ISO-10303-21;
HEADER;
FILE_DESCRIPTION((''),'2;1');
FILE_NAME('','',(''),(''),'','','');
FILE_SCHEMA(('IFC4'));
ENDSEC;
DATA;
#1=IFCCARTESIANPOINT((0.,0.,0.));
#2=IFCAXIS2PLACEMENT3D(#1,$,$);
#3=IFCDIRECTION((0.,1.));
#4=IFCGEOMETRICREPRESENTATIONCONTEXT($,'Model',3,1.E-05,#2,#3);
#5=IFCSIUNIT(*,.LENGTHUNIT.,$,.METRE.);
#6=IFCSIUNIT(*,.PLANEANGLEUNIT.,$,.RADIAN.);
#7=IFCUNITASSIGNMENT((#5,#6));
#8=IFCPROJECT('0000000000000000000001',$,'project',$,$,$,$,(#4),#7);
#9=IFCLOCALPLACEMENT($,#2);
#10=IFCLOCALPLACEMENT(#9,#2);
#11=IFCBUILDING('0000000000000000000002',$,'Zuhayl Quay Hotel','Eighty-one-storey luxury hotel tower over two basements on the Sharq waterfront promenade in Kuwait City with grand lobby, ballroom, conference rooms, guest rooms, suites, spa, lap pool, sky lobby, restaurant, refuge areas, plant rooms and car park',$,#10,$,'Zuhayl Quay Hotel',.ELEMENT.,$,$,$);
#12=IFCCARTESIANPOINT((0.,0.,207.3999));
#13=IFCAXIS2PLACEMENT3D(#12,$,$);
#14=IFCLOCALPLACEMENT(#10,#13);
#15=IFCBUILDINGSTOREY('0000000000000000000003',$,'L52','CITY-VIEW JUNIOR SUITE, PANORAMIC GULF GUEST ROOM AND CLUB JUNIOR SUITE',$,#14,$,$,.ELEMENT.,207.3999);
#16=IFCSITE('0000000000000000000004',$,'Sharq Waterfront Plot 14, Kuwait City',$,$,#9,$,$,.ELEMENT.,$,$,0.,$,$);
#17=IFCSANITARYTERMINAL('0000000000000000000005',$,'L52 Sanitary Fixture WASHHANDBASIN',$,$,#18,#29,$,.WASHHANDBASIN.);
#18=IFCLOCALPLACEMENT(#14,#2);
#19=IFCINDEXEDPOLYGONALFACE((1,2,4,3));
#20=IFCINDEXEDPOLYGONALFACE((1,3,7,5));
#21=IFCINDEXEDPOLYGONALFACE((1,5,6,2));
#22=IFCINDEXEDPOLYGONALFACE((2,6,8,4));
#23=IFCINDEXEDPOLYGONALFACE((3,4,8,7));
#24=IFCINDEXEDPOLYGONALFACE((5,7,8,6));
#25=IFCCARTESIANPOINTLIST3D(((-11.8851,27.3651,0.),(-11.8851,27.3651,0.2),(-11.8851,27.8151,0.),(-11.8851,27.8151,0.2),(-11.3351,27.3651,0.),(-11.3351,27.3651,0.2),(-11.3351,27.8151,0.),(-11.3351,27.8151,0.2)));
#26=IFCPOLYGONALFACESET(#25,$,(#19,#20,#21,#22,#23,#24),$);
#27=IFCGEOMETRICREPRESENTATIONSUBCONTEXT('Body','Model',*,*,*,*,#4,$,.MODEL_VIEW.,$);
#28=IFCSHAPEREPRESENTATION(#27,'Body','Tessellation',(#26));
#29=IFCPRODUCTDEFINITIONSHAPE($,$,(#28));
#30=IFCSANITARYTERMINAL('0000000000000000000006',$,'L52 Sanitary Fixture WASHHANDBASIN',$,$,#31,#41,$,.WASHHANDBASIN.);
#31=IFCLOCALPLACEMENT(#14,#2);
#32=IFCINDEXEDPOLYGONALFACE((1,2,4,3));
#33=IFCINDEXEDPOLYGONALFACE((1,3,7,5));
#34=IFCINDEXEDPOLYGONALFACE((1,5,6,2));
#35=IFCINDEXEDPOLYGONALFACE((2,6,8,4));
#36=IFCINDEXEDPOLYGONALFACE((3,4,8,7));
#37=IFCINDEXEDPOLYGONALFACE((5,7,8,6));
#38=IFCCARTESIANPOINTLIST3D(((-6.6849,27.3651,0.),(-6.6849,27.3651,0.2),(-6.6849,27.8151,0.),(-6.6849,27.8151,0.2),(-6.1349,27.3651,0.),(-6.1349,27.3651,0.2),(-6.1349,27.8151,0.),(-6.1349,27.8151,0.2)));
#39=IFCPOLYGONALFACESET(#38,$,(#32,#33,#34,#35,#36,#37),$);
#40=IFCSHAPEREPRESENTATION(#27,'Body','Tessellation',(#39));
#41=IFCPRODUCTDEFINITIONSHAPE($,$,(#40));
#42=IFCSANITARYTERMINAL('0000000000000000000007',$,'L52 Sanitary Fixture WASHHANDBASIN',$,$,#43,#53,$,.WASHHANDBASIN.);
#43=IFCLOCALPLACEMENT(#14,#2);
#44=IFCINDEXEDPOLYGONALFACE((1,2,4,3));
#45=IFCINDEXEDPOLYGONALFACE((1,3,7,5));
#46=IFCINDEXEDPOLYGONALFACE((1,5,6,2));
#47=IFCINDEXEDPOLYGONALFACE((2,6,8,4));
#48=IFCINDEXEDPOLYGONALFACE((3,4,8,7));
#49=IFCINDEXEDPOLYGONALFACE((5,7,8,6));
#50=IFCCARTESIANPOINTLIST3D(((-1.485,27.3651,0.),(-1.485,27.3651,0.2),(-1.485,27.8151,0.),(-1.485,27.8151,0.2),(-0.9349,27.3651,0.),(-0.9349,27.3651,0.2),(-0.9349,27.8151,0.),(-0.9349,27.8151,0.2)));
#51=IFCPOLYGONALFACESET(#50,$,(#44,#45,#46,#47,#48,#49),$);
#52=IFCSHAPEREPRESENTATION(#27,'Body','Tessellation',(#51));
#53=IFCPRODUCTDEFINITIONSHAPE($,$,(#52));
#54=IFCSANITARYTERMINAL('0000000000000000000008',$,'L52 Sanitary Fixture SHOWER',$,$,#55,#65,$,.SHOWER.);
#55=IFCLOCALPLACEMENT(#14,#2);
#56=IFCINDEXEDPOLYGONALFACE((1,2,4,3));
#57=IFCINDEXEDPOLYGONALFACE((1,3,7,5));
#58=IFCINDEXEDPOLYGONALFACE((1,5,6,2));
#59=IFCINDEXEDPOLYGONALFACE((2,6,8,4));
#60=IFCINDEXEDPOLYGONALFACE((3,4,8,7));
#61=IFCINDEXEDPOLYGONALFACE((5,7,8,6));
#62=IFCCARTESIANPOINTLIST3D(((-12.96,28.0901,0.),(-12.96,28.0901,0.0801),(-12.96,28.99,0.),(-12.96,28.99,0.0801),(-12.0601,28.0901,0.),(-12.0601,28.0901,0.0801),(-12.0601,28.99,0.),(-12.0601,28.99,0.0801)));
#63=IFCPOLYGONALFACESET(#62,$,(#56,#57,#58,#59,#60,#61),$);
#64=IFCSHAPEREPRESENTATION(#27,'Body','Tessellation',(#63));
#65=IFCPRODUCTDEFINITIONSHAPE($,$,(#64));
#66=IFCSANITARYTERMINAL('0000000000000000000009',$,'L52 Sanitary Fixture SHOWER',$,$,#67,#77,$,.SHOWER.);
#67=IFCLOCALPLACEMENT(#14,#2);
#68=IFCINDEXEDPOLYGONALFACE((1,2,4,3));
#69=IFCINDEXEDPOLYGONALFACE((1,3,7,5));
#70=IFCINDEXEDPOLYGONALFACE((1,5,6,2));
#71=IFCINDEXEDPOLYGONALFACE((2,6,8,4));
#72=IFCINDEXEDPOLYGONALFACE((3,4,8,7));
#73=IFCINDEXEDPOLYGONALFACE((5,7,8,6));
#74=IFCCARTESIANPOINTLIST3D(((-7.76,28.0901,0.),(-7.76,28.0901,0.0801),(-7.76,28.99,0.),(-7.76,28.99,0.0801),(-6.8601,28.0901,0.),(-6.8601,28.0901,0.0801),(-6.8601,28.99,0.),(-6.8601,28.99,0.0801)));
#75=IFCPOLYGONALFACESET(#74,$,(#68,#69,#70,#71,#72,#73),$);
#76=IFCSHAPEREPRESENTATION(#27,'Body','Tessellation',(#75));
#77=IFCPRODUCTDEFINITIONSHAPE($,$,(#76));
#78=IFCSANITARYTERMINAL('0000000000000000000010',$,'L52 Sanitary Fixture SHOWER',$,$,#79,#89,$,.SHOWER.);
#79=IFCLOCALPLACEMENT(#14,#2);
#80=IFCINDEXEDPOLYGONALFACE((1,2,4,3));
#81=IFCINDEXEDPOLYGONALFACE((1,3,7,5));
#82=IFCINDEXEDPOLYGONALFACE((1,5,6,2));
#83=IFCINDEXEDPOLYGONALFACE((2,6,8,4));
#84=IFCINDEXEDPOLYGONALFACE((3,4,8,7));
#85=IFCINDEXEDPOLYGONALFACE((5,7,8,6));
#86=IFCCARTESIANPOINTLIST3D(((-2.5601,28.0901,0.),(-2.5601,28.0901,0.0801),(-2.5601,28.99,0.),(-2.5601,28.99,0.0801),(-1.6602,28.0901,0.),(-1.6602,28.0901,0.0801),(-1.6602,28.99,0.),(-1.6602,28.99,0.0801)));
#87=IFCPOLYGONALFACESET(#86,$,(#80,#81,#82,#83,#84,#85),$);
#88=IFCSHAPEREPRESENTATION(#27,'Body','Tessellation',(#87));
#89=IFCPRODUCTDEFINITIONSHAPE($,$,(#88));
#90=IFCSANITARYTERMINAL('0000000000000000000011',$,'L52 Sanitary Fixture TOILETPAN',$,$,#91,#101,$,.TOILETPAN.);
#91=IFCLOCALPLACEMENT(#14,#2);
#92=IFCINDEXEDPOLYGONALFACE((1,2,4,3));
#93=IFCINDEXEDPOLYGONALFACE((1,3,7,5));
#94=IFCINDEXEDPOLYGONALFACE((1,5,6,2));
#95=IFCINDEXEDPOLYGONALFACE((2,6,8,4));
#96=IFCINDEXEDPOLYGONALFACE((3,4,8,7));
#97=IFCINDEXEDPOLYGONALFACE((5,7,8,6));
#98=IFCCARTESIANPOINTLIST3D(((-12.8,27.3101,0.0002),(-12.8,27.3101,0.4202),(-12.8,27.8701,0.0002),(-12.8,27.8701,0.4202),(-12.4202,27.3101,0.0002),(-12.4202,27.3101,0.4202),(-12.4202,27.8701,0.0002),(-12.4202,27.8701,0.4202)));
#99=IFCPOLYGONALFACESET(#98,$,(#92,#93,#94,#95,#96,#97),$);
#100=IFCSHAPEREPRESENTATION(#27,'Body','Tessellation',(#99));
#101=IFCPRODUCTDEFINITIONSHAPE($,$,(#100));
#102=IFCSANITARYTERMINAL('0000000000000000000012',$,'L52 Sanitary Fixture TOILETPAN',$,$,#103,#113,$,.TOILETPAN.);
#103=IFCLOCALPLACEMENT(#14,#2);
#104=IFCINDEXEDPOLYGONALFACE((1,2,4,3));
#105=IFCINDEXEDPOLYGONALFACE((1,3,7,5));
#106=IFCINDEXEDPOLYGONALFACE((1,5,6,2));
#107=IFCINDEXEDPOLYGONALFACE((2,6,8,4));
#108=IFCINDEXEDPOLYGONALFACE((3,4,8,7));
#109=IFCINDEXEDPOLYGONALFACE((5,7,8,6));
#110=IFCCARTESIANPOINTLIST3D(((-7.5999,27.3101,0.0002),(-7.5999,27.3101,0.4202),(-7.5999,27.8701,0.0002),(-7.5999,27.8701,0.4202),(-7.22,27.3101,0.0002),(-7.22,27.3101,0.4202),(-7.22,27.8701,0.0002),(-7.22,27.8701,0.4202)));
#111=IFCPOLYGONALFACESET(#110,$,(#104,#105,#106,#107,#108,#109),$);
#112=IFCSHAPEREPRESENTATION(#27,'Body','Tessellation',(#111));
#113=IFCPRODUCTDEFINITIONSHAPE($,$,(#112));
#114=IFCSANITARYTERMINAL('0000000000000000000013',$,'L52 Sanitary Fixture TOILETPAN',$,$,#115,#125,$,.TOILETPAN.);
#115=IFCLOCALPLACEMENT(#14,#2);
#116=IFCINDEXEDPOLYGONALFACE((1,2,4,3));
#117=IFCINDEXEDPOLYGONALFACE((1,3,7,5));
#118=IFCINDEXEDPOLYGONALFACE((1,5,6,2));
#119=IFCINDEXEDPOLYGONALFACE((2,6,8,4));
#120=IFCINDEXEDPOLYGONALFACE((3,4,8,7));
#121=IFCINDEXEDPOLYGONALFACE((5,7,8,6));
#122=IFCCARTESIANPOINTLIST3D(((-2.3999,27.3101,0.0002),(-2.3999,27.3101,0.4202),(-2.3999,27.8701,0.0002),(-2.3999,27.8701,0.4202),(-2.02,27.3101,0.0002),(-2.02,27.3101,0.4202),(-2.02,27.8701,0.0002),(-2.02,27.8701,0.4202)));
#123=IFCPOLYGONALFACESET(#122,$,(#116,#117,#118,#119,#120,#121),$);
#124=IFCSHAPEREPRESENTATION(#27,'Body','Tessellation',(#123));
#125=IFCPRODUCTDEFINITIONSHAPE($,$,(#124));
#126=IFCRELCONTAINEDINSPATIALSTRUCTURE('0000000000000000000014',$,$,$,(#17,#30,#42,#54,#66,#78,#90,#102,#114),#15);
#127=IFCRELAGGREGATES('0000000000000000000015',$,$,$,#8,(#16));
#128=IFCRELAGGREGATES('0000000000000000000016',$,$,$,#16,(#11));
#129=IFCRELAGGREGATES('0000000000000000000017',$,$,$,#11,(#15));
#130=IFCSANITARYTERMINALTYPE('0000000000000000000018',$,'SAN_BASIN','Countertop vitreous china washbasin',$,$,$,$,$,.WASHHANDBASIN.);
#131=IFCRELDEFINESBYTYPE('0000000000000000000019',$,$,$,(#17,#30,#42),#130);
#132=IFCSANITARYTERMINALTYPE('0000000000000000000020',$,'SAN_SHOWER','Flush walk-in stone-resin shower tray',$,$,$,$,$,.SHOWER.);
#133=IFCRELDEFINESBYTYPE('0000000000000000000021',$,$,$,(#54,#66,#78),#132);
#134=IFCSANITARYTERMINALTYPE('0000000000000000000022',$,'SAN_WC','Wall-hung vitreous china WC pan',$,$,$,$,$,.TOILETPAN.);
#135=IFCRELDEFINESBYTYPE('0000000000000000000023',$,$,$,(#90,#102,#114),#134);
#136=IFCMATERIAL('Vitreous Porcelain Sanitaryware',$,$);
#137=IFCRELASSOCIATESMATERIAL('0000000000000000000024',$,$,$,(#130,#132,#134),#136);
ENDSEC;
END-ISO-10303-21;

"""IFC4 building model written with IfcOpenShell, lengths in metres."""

from ifc_helpers import new_model, si_unit, direction, frame, origin, origin_2d, place, context, subcontext, project, spatial, rectangle, extrude, material, type_object, element, save


model = new_model("IFC4")

# Units and contexts
model_context = context("Model", 3, precision=1e-05, world=origin(), true_north=direction((0.0, 1.0)))
body_context = subcontext(model_context, "Body", "Model", "MODEL_VIEW")
ifc_project = project(units=[si_unit("LENGTHUNIT", "METRE"), si_unit("PLANEANGLEUNIT", "RADIAN")], contexts=[model_context])

# Site, building, storey
site_placement = place(None, origin())
site = spatial("IfcSite", under=ifc_project, at=site_placement, Name="Sharq Waterfront Plot 14, Kuwait City", CompositionType="ELEMENT", RefElevation=0.0)
building_placement = place(site_placement, origin())
building = spatial("IfcBuilding", under=site, at=building_placement, Name="Zuhayl Quay Hotel", Description="Eighty-one-storey luxury hotel tower over two basements on the Sharq waterfront promenade in Kuwait City with grand lobby, ballroom, conference rooms, guest rooms, suites, spa, lap pool, sky lobby, restaurant, refuge areas, plant rooms and car park", LongName="Zuhayl Quay Hotel", CompositionType="ELEMENT")
storey_placement = place(building_placement, frame((0.0, 0.0, 207.3999)))
storey = spatial("IfcBuildingStorey", under=building, at=storey_placement, Name="L52", Description="CITY-VIEW JUNIOR SUITE, PANORAMIC GULF GUEST ROOM AND CLUB JUNIOR SUITE", CompositionType="ELEMENT", Elevation=207.3999)

# Sanitary terminals
ifc_material_1 = material(Name="Vitreous Porcelain Sanitaryware")
sanitary_terminal_type_1 = type_object("IfcSanitaryTerminalType", Name="SAN_BASIN", Description="Countertop vitreous china washbasin", PredefinedType="WASHHANDBASIN", material=ifc_material_1)
for number, where, z_axis, x_axis, name in (
    (1, (-11.6101, 27.5901, 0.0), (0.0, 0.0, 1.0), (1.0, 0.0, 0.0), "L52 Sanitary Fixture WASHHANDBASIN"),
    (2, (-6.4099, 27.5901, 0.0), (0.0, 0.0, 1.0), (1.0, 0.0, 0.0), "L52 Sanitary Fixture WASHHANDBASIN"),
    (3, (-1.21, 27.5901, 0.0), (0.0, 0.0, 1.0), (1.0, 0.0, 0.0), "L52 Sanitary Fixture WASHHANDBASIN"),
):
    element("IfcSanitaryTerminal", number, at=place(storey_placement, frame(where, z_axis=z_axis, x_axis=x_axis)), inside=storey, type_object=sanitary_terminal_type_1, Name=name, PredefinedType="WASHHANDBASIN", context=body_context, shape_type="SweptSolid", body=[
        extrude(rectangle(XDim=0.55, YDim=0.45, at=origin_2d()), origin(), (0.0, 0.0, 1.0), 0.2),
    ])
sanitary_terminal_type_2 = type_object("IfcSanitaryTerminalType", Name="SAN_SHOWER", Description="Flush walk-in stone-resin shower tray", PredefinedType="SHOWER", material=ifc_material_1)
for number, where, z_axis, x_axis, name in (
    (4, (-12.51, 28.54, 0.0), (0.0, 0.0, 1.0), (1.0, 0.0, 0.0), "L52 Sanitary Fixture SHOWER"),
    (5, (-7.3101, 28.54, 0.0), (0.0, 0.0, 1.0), (1.0, 0.0, 0.0), "L52 Sanitary Fixture SHOWER"),
    (6, (-2.1101, 28.54, 0.0), (0.0, 0.0, 1.0), (1.0, 0.0, 0.0), "L52 Sanitary Fixture SHOWER"),
):
    element("IfcSanitaryTerminal", number, at=place(storey_placement, frame(where, z_axis=z_axis, x_axis=x_axis)), inside=storey, type_object=sanitary_terminal_type_2, Name=name, PredefinedType="SHOWER", context=body_context, shape_type="SweptSolid", body=[
        extrude(rectangle(XDim=0.8999, YDim=0.8999, at=origin_2d()), origin(), (0.0, 0.0, 1.0), 0.0801),
    ])
sanitary_terminal_type_3 = type_object("IfcSanitaryTerminalType", Name="SAN_WC", Description="Wall-hung vitreous china WC pan", PredefinedType="TOILETPAN", material=ifc_material_1)
for number, where, z_axis, x_axis, name in (
    (7, (-12.6101, 27.5901, 0.0002), (0.0, 0.0, 1.0), (1.0, 0.0, 0.0), "L52 Sanitary Fixture TOILETPAN"),
    (8, (-7.4099, 27.5901, 0.0002), (0.0, 0.0, 1.0), (1.0, 0.0, 0.0), "L52 Sanitary Fixture TOILETPAN"),
    (9, (-2.21, 27.5901, 0.0002), (0.0, 0.0, 1.0), (1.0, 0.0, 0.0), "L52 Sanitary Fixture TOILETPAN"),
):
    element("IfcSanitaryTerminal", number, at=place(storey_placement, frame(where, z_axis=z_axis, x_axis=x_axis)), inside=storey, type_object=sanitary_terminal_type_3, Name=name, PredefinedType="TOILETPAN", context=body_context, shape_type="SweptSolid", body=[
        extrude(rectangle(XDim=0.3799, YDim=0.5601, at=origin_2d()), origin(), (0.0, 0.0, 1.0), 0.4199),
    ])

save(model, "model.ifc")
